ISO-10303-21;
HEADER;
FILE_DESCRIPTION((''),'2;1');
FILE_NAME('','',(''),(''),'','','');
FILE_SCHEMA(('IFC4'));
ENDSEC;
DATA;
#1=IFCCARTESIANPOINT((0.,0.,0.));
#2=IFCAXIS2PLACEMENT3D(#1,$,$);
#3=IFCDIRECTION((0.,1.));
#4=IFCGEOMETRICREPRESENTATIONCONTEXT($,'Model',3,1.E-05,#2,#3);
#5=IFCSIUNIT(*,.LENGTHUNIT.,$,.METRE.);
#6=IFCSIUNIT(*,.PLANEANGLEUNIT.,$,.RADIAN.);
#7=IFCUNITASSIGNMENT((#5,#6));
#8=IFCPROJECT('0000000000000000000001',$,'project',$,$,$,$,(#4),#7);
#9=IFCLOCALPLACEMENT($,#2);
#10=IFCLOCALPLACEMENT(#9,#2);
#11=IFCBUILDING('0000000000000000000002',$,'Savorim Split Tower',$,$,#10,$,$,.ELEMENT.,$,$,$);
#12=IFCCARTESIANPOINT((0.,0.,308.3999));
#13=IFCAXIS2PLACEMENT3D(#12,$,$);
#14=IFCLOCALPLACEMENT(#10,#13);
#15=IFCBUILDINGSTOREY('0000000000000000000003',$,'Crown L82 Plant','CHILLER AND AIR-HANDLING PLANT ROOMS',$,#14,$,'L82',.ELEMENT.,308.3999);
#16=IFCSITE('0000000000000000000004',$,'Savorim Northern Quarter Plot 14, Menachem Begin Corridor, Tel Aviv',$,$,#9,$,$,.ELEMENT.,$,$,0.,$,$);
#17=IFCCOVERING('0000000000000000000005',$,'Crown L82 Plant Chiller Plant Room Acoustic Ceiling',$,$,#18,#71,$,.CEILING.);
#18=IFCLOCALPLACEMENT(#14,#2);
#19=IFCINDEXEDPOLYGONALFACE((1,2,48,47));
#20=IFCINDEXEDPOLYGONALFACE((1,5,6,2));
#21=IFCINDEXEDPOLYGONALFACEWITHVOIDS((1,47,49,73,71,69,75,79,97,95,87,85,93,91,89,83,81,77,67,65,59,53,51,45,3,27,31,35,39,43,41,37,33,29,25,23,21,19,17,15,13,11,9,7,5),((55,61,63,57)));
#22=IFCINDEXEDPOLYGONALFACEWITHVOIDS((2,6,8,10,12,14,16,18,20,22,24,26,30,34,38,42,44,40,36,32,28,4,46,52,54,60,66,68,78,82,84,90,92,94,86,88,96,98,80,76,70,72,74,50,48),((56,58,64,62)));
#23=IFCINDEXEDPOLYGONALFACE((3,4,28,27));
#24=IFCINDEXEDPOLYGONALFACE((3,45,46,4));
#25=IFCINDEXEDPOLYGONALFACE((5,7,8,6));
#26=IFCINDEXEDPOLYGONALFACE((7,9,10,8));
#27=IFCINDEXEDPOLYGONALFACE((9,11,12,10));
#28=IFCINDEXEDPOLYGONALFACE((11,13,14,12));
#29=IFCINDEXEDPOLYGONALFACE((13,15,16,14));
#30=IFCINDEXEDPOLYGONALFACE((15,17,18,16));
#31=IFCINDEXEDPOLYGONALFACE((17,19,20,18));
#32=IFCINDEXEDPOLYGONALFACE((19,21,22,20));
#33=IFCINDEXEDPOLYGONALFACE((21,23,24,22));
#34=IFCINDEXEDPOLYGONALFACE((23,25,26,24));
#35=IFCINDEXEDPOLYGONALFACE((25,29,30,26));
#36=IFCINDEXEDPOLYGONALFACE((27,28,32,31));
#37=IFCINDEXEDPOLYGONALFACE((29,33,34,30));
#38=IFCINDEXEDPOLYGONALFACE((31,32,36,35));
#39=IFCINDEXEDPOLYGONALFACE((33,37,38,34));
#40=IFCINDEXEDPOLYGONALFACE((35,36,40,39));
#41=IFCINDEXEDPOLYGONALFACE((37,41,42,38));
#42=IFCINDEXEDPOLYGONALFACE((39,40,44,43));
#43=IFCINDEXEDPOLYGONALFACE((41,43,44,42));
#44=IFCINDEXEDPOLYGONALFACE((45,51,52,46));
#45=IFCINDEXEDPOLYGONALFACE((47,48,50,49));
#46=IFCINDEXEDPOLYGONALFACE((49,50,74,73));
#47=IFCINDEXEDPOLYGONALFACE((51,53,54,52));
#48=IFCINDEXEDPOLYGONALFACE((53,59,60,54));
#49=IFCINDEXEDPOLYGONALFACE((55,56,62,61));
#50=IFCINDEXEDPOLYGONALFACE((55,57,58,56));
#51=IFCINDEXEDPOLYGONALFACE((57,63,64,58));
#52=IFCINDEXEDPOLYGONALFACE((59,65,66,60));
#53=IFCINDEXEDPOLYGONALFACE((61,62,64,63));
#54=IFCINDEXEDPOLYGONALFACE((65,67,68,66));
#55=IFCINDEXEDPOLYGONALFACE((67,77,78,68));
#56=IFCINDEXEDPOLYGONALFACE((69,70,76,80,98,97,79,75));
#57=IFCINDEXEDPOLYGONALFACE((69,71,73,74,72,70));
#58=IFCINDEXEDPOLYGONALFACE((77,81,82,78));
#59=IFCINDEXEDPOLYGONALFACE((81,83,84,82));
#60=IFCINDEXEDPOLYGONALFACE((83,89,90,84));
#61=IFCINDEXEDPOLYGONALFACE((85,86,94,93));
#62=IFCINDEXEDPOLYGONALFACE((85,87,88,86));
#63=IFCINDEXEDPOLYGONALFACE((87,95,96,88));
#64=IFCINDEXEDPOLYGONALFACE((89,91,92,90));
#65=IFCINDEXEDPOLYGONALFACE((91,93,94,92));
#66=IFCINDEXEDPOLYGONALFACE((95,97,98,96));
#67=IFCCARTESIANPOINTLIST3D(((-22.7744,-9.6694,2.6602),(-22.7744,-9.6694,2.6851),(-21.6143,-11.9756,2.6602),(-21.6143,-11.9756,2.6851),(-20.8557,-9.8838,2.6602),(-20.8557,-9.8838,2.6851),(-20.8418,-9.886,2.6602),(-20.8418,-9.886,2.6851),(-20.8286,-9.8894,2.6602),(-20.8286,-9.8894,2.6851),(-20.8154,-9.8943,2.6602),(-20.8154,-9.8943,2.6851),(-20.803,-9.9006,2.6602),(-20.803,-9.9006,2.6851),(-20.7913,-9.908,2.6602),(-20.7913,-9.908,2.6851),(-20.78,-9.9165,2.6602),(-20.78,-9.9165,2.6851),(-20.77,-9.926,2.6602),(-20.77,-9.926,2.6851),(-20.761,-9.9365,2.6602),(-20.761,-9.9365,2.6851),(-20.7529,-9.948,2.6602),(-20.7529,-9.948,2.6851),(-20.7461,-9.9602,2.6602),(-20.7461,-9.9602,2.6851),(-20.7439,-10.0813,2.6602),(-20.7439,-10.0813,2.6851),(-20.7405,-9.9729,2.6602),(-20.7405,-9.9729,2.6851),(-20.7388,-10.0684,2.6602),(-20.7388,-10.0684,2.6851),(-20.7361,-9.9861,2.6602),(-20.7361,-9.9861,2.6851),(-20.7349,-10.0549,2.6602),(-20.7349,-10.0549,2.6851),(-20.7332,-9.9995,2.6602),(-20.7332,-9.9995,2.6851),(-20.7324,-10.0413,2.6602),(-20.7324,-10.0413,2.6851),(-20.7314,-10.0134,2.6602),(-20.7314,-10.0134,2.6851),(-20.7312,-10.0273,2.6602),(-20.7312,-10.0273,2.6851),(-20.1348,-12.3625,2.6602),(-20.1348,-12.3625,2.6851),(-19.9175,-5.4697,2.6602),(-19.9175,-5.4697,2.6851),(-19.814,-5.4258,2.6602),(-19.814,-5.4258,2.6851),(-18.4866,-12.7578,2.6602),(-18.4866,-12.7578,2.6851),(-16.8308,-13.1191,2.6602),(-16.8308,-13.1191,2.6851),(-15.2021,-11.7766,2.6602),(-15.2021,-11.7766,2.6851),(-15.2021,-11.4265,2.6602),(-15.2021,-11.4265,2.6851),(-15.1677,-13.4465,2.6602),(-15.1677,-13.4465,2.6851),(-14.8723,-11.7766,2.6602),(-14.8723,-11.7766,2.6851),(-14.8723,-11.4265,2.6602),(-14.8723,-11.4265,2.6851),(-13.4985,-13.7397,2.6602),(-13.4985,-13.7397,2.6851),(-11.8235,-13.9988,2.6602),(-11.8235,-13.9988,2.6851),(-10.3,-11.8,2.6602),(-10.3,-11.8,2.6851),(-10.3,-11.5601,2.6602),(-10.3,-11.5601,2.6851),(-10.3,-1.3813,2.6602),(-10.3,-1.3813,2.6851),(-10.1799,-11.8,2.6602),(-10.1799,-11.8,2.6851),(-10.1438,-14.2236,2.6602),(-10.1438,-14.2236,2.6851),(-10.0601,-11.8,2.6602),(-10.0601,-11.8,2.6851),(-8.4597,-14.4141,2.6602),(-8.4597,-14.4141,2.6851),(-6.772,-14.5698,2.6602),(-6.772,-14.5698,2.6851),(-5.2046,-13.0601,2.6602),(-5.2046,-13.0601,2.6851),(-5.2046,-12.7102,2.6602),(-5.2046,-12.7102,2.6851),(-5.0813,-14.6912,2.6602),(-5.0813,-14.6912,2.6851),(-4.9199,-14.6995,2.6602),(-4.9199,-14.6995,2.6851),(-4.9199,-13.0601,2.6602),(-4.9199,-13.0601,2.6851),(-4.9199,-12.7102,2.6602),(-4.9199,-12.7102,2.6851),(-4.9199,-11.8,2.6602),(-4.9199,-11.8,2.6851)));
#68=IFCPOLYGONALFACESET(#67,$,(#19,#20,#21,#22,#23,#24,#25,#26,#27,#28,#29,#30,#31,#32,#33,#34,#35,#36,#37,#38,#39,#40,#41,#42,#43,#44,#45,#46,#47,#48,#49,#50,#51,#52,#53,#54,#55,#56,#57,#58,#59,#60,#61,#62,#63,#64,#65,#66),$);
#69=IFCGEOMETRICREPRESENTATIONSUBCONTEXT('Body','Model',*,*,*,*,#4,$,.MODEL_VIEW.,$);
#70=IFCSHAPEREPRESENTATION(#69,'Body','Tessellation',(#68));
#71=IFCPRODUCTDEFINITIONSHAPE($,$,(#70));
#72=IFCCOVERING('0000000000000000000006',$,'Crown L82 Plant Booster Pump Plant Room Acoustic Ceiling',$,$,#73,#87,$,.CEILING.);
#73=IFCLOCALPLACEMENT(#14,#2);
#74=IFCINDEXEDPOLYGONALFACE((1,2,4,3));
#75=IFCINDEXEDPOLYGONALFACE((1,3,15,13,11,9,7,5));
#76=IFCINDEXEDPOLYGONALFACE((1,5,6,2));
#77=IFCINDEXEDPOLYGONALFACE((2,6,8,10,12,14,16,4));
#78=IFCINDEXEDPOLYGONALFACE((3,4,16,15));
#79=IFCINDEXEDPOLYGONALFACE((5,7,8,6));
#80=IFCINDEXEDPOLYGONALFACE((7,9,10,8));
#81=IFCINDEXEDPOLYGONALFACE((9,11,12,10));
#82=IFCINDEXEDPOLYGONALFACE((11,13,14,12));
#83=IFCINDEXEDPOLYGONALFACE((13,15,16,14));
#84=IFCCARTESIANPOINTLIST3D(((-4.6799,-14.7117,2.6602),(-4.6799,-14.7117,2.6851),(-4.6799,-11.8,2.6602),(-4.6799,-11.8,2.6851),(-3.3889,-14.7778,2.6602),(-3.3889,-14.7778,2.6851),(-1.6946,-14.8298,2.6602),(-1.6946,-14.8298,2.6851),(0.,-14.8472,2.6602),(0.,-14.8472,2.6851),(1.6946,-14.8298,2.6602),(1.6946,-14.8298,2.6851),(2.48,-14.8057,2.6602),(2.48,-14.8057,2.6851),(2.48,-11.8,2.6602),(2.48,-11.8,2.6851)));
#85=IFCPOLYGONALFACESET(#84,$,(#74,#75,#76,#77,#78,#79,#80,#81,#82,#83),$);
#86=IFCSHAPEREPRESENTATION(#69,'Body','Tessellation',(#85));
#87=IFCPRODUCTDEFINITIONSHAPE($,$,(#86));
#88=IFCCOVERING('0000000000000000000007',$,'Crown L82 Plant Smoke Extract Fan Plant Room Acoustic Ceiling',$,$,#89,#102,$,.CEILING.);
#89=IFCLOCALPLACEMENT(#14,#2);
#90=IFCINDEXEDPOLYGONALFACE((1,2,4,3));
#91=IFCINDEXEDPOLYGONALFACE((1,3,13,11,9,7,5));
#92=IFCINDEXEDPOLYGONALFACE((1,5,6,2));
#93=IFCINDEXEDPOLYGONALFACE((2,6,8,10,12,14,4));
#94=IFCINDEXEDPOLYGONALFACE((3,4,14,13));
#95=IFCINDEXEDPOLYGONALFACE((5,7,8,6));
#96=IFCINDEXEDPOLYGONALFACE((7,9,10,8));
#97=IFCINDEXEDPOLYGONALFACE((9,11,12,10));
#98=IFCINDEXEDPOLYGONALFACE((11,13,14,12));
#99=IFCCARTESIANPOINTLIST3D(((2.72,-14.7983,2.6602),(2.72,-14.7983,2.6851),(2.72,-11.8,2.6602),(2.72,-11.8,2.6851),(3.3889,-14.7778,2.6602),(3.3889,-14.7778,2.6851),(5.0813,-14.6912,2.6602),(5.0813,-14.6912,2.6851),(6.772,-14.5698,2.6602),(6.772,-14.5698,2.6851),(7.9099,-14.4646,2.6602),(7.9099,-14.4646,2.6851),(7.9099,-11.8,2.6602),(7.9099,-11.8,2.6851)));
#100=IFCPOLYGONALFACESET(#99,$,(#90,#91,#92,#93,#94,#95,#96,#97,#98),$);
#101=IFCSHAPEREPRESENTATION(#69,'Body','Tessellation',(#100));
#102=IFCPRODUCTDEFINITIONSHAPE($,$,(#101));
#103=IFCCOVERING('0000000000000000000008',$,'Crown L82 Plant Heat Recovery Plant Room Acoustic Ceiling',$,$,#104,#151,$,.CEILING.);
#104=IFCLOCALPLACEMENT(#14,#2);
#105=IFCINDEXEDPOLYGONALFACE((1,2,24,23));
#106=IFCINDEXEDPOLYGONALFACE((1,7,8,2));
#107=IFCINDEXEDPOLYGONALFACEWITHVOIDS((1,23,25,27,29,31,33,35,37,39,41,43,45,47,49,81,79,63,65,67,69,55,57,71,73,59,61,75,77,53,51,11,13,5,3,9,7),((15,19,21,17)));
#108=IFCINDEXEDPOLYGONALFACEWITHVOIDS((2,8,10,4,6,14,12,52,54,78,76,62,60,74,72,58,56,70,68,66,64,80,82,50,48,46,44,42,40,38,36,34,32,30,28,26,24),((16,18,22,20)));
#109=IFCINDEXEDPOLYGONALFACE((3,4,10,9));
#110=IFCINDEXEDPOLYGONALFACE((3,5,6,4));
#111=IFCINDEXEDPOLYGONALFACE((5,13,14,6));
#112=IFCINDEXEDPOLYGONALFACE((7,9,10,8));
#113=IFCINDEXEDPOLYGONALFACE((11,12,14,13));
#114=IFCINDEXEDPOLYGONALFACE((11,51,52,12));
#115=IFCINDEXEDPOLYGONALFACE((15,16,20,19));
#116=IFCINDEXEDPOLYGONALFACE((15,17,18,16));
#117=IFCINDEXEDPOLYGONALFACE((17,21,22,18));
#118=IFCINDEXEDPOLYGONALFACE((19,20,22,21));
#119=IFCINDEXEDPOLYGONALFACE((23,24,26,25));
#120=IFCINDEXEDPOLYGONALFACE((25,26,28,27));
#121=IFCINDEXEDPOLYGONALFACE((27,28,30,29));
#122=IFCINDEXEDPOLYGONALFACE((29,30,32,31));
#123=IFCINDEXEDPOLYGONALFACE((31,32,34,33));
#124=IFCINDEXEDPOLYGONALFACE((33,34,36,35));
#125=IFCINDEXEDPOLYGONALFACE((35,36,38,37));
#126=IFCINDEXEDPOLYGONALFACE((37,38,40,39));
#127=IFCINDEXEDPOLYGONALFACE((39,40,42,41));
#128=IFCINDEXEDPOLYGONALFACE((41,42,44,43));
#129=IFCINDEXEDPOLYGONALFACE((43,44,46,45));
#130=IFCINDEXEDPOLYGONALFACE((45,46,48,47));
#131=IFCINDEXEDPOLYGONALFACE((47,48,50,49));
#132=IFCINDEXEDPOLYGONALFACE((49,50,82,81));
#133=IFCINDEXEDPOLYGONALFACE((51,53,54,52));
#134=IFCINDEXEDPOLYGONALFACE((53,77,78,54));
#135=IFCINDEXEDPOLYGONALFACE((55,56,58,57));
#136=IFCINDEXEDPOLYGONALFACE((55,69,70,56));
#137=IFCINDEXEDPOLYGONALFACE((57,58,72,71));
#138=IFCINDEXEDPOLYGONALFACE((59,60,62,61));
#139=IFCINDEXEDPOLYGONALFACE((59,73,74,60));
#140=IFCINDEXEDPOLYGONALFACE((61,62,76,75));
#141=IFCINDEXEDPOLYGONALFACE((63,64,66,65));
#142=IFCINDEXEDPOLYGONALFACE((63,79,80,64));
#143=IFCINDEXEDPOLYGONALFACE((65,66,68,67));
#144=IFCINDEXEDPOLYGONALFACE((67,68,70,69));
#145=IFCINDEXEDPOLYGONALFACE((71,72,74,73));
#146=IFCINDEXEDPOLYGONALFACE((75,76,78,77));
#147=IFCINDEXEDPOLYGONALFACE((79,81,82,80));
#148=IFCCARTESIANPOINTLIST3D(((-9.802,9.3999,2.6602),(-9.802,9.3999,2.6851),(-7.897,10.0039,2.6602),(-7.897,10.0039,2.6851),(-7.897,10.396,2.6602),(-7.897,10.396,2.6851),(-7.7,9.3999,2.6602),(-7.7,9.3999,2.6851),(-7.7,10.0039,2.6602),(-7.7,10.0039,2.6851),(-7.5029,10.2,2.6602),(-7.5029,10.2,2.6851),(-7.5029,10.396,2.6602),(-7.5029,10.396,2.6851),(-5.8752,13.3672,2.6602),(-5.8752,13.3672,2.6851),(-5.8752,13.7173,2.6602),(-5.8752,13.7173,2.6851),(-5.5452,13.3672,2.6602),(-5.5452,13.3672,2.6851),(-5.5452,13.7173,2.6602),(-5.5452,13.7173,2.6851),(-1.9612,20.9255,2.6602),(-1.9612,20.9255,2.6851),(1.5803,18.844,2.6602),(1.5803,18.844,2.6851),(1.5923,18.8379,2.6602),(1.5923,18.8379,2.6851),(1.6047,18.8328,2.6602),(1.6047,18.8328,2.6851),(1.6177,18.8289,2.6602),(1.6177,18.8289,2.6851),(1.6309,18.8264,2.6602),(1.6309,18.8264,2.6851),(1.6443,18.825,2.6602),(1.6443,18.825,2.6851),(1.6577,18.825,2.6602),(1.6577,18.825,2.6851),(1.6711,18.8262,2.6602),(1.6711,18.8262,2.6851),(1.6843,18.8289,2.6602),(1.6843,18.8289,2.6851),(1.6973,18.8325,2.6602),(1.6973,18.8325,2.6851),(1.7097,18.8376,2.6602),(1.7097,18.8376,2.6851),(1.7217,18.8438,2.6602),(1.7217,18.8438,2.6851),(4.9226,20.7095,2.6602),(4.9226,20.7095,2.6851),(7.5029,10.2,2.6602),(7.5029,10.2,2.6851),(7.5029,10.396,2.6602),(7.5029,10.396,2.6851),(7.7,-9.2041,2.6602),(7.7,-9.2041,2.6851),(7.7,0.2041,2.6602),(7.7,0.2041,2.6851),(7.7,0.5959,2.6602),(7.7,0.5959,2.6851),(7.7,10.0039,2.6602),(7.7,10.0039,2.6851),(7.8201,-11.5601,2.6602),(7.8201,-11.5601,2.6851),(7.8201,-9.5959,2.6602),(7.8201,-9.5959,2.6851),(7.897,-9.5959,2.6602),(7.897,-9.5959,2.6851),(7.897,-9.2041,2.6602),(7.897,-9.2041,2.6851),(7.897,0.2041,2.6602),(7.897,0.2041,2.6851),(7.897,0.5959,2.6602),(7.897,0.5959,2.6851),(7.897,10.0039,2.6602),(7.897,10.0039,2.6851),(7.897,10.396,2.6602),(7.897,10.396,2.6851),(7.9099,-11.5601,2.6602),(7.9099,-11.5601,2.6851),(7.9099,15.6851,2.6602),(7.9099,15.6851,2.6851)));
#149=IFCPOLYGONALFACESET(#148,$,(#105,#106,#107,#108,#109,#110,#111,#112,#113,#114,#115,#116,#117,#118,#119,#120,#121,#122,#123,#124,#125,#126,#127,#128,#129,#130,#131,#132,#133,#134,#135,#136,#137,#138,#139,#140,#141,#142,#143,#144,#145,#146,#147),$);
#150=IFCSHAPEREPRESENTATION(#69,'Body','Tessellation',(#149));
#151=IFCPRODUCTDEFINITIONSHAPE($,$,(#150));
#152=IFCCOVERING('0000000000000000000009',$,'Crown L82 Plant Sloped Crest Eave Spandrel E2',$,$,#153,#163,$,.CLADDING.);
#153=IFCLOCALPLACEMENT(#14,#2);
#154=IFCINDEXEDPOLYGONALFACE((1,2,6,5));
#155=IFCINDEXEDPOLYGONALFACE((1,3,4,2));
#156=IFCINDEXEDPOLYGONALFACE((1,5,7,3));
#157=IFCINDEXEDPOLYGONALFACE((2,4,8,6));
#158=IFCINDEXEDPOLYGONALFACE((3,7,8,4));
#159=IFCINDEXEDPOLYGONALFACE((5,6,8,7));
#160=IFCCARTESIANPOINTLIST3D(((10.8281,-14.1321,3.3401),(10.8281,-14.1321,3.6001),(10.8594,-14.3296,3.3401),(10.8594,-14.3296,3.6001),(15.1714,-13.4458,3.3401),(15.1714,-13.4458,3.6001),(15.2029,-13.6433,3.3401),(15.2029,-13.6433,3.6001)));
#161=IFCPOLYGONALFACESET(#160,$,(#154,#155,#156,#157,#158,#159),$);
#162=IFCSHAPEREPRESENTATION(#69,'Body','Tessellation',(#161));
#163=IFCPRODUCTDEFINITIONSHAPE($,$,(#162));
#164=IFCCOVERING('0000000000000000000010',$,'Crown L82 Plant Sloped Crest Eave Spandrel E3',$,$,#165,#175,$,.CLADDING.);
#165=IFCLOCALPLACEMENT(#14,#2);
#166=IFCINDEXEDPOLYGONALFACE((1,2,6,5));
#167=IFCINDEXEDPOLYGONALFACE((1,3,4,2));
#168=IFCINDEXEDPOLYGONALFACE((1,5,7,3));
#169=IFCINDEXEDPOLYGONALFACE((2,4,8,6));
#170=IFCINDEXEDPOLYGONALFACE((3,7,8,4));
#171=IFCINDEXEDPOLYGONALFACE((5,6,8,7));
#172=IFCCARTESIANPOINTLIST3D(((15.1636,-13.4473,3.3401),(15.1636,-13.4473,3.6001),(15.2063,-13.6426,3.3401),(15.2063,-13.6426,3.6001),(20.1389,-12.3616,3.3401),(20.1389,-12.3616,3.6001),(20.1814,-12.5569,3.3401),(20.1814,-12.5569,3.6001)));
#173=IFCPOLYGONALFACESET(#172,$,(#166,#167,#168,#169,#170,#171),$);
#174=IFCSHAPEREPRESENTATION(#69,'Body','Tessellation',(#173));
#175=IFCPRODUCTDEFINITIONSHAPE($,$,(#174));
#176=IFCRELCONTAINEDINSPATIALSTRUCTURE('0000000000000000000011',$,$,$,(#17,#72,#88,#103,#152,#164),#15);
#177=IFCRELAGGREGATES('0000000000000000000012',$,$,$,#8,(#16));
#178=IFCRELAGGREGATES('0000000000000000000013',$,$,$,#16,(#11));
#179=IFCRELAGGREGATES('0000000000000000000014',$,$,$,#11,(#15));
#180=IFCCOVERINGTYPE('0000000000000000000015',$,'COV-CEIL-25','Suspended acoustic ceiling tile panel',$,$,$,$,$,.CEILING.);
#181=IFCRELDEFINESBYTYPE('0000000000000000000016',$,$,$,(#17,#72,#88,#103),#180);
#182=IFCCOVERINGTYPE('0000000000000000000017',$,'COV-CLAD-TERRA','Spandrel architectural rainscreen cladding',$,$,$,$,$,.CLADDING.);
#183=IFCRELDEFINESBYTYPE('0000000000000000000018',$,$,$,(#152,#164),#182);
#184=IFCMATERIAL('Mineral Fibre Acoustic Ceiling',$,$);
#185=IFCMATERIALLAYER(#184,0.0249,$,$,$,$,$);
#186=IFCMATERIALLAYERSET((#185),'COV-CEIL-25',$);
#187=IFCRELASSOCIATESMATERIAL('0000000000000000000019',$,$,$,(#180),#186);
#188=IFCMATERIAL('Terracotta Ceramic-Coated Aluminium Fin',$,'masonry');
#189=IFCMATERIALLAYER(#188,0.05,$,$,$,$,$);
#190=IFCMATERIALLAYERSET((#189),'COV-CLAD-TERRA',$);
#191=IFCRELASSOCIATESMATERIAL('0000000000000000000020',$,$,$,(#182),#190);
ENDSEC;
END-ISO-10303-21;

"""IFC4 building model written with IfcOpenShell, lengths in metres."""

from ifc_helpers import new_model, si_unit, direction, frame, origin, place, context, subcontext, project, spatial, polyline, outline, extrude, material, layer, layer_set, type_object, element, save


model = new_model("IFC4")

# Units and contexts
model_context = context("Model", 3, precision=1e-05, world=origin(), true_north=direction((0.0, 1.0)))
body_context = subcontext(model_context, "Body", "Model", "MODEL_VIEW")
ifc_project = project(units=[si_unit("LENGTHUNIT", "METRE"), si_unit("PLANEANGLEUNIT", "RADIAN")], contexts=[model_context])

# Site, building, storey
site_placement = place(None, origin())
site = spatial("IfcSite", under=ifc_project, at=site_placement, Name="Savorim Northern Quarter Plot 14, Menachem Begin Corridor, Tel Aviv", CompositionType="ELEMENT", RefElevation=0.0)
building_placement = place(site_placement, origin())
building = spatial("IfcBuilding", under=site, at=building_placement, Name="Savorim Split Tower", CompositionType="ELEMENT")
storey_placement = place(building_placement, frame((0.0, 0.0, 308.3999)))
storey = spatial("IfcBuildingStorey", under=building, at=storey_placement, Name="Crown L82 Plant", Description="CHILLER AND AIR-HANDLING PLANT ROOMS", LongName="L82", CompositionType="ELEMENT", Elevation=308.3999)

# Coverings
ifc_material_1 = material(Name="Mineral Fibre Acoustic Ceiling")
ifc_layer_1 = layer(ifc_material_1, 0.0249)
ifc_layer_set_1 = layer_set([ifc_layer_1], Name="COV-CEIL-25")
covering_type_1 = type_object("IfcCoveringType", Name="COV-CEIL-25", Description="Suspended acoustic ceiling tile panel", PredefinedType="CEILING", material=ifc_layer_set_1)
covering_1_placement = place(storey_placement, frame((0.0, 0.0, 2.6602)))
element("IfcCovering", 1, at=covering_1_placement, inside=storey, type_object=covering_type_1, Name="Crown L82 Plant Chiller Plant Room Acoustic Ceiling", PredefinedType="CEILING", context=body_context, shape_type="SweptSolid", body=[
    extrude(outline(polyline([(-8.4597, -14.4141), (-6.772, -14.5698), (-5.0813, -14.6912), (-4.9199, -14.6995), (-4.9199, -13.0601), (-5.2046, -13.0601), (-5.2046, -12.7102), (-4.9199, -12.7102), (-4.9199, -11.8), (-10.0601, -11.8), (-10.1799, -11.8), (-10.3, -11.8), (-10.3, -11.5601), (-10.3, -1.3813), (-19.814, -5.4258), (-19.9175, -5.4697), (-22.7744, -9.6694), (-20.8557, -9.8838), (-20.8418, -9.886), (-20.8286, -9.8894), (-20.8154, -9.8943), (-20.803, -9.9006), (-20.7913, -9.908), (-20.78, -9.9165), (-20.77, -9.926), (-20.761, -9.9365), (-20.7529, -9.948), (-20.7461, -9.9602), (-20.7405, -9.9729), (-20.7361, -9.9861), (-20.7332, -9.9995), (-20.7314, -10.0134), (-20.7312, -10.0273), (-20.7324, -10.0413), (-20.7349, -10.0549), (-20.7388, -10.0684), (-20.7439, -10.0813), (-21.6143, -11.9756), (-20.1348, -12.3625), (-18.4866, -12.7578), (-16.8308, -13.1191), (-15.1677, -13.4465), (-13.4985, -13.7397), (-11.8235, -13.9988), (-10.1438, -14.2236), (-8.4597, -14.4141)]), holes=[polyline([(-14.8723, -11.7766), (-14.8723, -11.4265), (-15.2021, -11.4265), (-15.2021, -11.7766), (-14.8723, -11.7766)])]), origin(), (0.0, 0.0, 1.0), 0.0249),
])
covering_2_placement = place(storey_placement, frame((0.0, 0.0, 2.6602)))
element("IfcCovering", 2, at=covering_2_placement, inside=storey, type_object=covering_type_1, Name="Crown L82 Plant Booster Pump Plant Room Acoustic Ceiling", PredefinedType="CEILING", context=body_context, shape_type="SweptSolid", body=[
    extrude(outline(polyline([(-1.6946, -14.8298), (0.0, -14.8472), (1.6946, -14.8298), (2.48, -14.8057), (2.48, -11.8), (-4.6799, -11.8), (-4.6799, -14.7117), (-3.3889, -14.7778), (-1.6946, -14.8298)])), origin(), (0.0, 0.0, 1.0), 0.0249),
])
covering_3_placement = place(storey_placement, frame((0.0, 0.0, 2.6602)))
element("IfcCovering", 3, at=covering_3_placement, inside=storey, type_object=covering_type_1, Name="Crown L82 Plant Smoke Extract Fan Plant Room Acoustic Ceiling", PredefinedType="CEILING", context=body_context, shape_type="SweptSolid", body=[
    extrude(outline(polyline([(3.3889, -14.7778), (5.0813, -14.6912), (6.772, -14.5698), (7.9099, -14.4646), (7.9099, -11.8), (2.72, -11.8), (2.72, -14.7983), (3.3889, -14.7778)])), origin(), (0.0, 0.0, 1.0), 0.0249),
])
covering_4_placement = place(storey_placement, frame((0.0, 0.0, 2.6602)))
element("IfcCovering", 4, at=covering_4_placement, inside=storey, type_object=covering_type_1, Name="Crown L82 Plant Heat Recovery Plant Room Acoustic Ceiling", PredefinedType="CEILING", context=body_context, shape_type="SweptSolid", body=[
    extrude(outline(polyline([(1.5923, 18.8379), (1.5803, 18.844), (-1.9612, 20.9255), (-9.802, 9.3999), (-7.7, 9.3999), (-7.7, 10.0039), (-7.897, 10.0039), (-7.897, 10.396), (-7.5029, 10.396), (-7.5029, 10.2), (7.5029, 10.2), (7.5029, 10.396), (7.897, 10.396), (7.897, 10.0039), (7.7, 10.0039), (7.7, 0.5959), (7.897, 0.5959), (7.897, 0.2041), (7.7, 0.2041), (7.7, -9.2041), (7.897, -9.2041), (7.897, -9.5959), (7.8201, -9.5959), (7.8201, -11.5601), (7.9099, -11.5601), (7.9099, 15.6851), (4.9226, 20.7095), (1.7217, 18.8438), (1.7097, 18.8376), (1.6973, 18.8325), (1.6843, 18.8289), (1.6711, 18.8262), (1.6577, 18.825), (1.6443, 18.825), (1.6309, 18.8264), (1.6177, 18.8289), (1.6047, 18.8328), (1.5923, 18.8379)]), holes=[polyline([(-5.5452, 13.7173), (-5.8752, 13.7173), (-5.8752, 13.3672), (-5.5452, 13.3672), (-5.5452, 13.7173)])]), origin(), (0.0, 0.0, 1.0), 0.0249),
])
ifc_material_2 = material(Name="Terracotta Ceramic-Coated Aluminium Fin", Category="masonry")
ifc_layer_2 = layer(ifc_material_2, 0.05)
ifc_layer_set_2 = layer_set([ifc_layer_2], Name="COV-CLAD-TERRA")
covering_type_2 = type_object("IfcCoveringType", Name="COV-CLAD-TERRA", Description="Spandrel architectural rainscreen cladding", PredefinedType="CLADDING", material=ifc_layer_set_2)
covering_5_placement = place(storey_placement, frame((0.0, 0.0, 3.3401)))
element("IfcCovering", 5, at=covering_5_placement, inside=storey, type_object=covering_type_2, Name="Crown L82 Plant Sloped Crest Eave Spandrel E2", PredefinedType="CLADDING", context=body_context, shape_type="SweptSolid", body=[
    extrude(outline(polyline([(10.8594, -14.3296), (15.2029, -13.6433), (15.1714, -13.4458), (10.8281, -14.1321), (10.8594, -14.3296)])), origin(), (0.0, 0.0, 1.0), 0.26),
])
covering_6_placement = place(storey_placement, frame((0.0, 0.0, 3.3401)))
element("IfcCovering", 6, at=covering_6_placement, inside=storey, type_object=covering_type_2, Name="Crown L82 Plant Sloped Crest Eave Spandrel E3", PredefinedType="CLADDING", context=body_context, shape_type="SweptSolid", body=[
    extrude(outline(polyline([(15.2063, -13.6426), (20.1814, -12.5569), (20.1389, -12.3616), (15.1636, -13.4473), (15.2063, -13.6426)])), origin(), (0.0, 0.0, 1.0), 0.26),
])

save(model, "model.ifc")
